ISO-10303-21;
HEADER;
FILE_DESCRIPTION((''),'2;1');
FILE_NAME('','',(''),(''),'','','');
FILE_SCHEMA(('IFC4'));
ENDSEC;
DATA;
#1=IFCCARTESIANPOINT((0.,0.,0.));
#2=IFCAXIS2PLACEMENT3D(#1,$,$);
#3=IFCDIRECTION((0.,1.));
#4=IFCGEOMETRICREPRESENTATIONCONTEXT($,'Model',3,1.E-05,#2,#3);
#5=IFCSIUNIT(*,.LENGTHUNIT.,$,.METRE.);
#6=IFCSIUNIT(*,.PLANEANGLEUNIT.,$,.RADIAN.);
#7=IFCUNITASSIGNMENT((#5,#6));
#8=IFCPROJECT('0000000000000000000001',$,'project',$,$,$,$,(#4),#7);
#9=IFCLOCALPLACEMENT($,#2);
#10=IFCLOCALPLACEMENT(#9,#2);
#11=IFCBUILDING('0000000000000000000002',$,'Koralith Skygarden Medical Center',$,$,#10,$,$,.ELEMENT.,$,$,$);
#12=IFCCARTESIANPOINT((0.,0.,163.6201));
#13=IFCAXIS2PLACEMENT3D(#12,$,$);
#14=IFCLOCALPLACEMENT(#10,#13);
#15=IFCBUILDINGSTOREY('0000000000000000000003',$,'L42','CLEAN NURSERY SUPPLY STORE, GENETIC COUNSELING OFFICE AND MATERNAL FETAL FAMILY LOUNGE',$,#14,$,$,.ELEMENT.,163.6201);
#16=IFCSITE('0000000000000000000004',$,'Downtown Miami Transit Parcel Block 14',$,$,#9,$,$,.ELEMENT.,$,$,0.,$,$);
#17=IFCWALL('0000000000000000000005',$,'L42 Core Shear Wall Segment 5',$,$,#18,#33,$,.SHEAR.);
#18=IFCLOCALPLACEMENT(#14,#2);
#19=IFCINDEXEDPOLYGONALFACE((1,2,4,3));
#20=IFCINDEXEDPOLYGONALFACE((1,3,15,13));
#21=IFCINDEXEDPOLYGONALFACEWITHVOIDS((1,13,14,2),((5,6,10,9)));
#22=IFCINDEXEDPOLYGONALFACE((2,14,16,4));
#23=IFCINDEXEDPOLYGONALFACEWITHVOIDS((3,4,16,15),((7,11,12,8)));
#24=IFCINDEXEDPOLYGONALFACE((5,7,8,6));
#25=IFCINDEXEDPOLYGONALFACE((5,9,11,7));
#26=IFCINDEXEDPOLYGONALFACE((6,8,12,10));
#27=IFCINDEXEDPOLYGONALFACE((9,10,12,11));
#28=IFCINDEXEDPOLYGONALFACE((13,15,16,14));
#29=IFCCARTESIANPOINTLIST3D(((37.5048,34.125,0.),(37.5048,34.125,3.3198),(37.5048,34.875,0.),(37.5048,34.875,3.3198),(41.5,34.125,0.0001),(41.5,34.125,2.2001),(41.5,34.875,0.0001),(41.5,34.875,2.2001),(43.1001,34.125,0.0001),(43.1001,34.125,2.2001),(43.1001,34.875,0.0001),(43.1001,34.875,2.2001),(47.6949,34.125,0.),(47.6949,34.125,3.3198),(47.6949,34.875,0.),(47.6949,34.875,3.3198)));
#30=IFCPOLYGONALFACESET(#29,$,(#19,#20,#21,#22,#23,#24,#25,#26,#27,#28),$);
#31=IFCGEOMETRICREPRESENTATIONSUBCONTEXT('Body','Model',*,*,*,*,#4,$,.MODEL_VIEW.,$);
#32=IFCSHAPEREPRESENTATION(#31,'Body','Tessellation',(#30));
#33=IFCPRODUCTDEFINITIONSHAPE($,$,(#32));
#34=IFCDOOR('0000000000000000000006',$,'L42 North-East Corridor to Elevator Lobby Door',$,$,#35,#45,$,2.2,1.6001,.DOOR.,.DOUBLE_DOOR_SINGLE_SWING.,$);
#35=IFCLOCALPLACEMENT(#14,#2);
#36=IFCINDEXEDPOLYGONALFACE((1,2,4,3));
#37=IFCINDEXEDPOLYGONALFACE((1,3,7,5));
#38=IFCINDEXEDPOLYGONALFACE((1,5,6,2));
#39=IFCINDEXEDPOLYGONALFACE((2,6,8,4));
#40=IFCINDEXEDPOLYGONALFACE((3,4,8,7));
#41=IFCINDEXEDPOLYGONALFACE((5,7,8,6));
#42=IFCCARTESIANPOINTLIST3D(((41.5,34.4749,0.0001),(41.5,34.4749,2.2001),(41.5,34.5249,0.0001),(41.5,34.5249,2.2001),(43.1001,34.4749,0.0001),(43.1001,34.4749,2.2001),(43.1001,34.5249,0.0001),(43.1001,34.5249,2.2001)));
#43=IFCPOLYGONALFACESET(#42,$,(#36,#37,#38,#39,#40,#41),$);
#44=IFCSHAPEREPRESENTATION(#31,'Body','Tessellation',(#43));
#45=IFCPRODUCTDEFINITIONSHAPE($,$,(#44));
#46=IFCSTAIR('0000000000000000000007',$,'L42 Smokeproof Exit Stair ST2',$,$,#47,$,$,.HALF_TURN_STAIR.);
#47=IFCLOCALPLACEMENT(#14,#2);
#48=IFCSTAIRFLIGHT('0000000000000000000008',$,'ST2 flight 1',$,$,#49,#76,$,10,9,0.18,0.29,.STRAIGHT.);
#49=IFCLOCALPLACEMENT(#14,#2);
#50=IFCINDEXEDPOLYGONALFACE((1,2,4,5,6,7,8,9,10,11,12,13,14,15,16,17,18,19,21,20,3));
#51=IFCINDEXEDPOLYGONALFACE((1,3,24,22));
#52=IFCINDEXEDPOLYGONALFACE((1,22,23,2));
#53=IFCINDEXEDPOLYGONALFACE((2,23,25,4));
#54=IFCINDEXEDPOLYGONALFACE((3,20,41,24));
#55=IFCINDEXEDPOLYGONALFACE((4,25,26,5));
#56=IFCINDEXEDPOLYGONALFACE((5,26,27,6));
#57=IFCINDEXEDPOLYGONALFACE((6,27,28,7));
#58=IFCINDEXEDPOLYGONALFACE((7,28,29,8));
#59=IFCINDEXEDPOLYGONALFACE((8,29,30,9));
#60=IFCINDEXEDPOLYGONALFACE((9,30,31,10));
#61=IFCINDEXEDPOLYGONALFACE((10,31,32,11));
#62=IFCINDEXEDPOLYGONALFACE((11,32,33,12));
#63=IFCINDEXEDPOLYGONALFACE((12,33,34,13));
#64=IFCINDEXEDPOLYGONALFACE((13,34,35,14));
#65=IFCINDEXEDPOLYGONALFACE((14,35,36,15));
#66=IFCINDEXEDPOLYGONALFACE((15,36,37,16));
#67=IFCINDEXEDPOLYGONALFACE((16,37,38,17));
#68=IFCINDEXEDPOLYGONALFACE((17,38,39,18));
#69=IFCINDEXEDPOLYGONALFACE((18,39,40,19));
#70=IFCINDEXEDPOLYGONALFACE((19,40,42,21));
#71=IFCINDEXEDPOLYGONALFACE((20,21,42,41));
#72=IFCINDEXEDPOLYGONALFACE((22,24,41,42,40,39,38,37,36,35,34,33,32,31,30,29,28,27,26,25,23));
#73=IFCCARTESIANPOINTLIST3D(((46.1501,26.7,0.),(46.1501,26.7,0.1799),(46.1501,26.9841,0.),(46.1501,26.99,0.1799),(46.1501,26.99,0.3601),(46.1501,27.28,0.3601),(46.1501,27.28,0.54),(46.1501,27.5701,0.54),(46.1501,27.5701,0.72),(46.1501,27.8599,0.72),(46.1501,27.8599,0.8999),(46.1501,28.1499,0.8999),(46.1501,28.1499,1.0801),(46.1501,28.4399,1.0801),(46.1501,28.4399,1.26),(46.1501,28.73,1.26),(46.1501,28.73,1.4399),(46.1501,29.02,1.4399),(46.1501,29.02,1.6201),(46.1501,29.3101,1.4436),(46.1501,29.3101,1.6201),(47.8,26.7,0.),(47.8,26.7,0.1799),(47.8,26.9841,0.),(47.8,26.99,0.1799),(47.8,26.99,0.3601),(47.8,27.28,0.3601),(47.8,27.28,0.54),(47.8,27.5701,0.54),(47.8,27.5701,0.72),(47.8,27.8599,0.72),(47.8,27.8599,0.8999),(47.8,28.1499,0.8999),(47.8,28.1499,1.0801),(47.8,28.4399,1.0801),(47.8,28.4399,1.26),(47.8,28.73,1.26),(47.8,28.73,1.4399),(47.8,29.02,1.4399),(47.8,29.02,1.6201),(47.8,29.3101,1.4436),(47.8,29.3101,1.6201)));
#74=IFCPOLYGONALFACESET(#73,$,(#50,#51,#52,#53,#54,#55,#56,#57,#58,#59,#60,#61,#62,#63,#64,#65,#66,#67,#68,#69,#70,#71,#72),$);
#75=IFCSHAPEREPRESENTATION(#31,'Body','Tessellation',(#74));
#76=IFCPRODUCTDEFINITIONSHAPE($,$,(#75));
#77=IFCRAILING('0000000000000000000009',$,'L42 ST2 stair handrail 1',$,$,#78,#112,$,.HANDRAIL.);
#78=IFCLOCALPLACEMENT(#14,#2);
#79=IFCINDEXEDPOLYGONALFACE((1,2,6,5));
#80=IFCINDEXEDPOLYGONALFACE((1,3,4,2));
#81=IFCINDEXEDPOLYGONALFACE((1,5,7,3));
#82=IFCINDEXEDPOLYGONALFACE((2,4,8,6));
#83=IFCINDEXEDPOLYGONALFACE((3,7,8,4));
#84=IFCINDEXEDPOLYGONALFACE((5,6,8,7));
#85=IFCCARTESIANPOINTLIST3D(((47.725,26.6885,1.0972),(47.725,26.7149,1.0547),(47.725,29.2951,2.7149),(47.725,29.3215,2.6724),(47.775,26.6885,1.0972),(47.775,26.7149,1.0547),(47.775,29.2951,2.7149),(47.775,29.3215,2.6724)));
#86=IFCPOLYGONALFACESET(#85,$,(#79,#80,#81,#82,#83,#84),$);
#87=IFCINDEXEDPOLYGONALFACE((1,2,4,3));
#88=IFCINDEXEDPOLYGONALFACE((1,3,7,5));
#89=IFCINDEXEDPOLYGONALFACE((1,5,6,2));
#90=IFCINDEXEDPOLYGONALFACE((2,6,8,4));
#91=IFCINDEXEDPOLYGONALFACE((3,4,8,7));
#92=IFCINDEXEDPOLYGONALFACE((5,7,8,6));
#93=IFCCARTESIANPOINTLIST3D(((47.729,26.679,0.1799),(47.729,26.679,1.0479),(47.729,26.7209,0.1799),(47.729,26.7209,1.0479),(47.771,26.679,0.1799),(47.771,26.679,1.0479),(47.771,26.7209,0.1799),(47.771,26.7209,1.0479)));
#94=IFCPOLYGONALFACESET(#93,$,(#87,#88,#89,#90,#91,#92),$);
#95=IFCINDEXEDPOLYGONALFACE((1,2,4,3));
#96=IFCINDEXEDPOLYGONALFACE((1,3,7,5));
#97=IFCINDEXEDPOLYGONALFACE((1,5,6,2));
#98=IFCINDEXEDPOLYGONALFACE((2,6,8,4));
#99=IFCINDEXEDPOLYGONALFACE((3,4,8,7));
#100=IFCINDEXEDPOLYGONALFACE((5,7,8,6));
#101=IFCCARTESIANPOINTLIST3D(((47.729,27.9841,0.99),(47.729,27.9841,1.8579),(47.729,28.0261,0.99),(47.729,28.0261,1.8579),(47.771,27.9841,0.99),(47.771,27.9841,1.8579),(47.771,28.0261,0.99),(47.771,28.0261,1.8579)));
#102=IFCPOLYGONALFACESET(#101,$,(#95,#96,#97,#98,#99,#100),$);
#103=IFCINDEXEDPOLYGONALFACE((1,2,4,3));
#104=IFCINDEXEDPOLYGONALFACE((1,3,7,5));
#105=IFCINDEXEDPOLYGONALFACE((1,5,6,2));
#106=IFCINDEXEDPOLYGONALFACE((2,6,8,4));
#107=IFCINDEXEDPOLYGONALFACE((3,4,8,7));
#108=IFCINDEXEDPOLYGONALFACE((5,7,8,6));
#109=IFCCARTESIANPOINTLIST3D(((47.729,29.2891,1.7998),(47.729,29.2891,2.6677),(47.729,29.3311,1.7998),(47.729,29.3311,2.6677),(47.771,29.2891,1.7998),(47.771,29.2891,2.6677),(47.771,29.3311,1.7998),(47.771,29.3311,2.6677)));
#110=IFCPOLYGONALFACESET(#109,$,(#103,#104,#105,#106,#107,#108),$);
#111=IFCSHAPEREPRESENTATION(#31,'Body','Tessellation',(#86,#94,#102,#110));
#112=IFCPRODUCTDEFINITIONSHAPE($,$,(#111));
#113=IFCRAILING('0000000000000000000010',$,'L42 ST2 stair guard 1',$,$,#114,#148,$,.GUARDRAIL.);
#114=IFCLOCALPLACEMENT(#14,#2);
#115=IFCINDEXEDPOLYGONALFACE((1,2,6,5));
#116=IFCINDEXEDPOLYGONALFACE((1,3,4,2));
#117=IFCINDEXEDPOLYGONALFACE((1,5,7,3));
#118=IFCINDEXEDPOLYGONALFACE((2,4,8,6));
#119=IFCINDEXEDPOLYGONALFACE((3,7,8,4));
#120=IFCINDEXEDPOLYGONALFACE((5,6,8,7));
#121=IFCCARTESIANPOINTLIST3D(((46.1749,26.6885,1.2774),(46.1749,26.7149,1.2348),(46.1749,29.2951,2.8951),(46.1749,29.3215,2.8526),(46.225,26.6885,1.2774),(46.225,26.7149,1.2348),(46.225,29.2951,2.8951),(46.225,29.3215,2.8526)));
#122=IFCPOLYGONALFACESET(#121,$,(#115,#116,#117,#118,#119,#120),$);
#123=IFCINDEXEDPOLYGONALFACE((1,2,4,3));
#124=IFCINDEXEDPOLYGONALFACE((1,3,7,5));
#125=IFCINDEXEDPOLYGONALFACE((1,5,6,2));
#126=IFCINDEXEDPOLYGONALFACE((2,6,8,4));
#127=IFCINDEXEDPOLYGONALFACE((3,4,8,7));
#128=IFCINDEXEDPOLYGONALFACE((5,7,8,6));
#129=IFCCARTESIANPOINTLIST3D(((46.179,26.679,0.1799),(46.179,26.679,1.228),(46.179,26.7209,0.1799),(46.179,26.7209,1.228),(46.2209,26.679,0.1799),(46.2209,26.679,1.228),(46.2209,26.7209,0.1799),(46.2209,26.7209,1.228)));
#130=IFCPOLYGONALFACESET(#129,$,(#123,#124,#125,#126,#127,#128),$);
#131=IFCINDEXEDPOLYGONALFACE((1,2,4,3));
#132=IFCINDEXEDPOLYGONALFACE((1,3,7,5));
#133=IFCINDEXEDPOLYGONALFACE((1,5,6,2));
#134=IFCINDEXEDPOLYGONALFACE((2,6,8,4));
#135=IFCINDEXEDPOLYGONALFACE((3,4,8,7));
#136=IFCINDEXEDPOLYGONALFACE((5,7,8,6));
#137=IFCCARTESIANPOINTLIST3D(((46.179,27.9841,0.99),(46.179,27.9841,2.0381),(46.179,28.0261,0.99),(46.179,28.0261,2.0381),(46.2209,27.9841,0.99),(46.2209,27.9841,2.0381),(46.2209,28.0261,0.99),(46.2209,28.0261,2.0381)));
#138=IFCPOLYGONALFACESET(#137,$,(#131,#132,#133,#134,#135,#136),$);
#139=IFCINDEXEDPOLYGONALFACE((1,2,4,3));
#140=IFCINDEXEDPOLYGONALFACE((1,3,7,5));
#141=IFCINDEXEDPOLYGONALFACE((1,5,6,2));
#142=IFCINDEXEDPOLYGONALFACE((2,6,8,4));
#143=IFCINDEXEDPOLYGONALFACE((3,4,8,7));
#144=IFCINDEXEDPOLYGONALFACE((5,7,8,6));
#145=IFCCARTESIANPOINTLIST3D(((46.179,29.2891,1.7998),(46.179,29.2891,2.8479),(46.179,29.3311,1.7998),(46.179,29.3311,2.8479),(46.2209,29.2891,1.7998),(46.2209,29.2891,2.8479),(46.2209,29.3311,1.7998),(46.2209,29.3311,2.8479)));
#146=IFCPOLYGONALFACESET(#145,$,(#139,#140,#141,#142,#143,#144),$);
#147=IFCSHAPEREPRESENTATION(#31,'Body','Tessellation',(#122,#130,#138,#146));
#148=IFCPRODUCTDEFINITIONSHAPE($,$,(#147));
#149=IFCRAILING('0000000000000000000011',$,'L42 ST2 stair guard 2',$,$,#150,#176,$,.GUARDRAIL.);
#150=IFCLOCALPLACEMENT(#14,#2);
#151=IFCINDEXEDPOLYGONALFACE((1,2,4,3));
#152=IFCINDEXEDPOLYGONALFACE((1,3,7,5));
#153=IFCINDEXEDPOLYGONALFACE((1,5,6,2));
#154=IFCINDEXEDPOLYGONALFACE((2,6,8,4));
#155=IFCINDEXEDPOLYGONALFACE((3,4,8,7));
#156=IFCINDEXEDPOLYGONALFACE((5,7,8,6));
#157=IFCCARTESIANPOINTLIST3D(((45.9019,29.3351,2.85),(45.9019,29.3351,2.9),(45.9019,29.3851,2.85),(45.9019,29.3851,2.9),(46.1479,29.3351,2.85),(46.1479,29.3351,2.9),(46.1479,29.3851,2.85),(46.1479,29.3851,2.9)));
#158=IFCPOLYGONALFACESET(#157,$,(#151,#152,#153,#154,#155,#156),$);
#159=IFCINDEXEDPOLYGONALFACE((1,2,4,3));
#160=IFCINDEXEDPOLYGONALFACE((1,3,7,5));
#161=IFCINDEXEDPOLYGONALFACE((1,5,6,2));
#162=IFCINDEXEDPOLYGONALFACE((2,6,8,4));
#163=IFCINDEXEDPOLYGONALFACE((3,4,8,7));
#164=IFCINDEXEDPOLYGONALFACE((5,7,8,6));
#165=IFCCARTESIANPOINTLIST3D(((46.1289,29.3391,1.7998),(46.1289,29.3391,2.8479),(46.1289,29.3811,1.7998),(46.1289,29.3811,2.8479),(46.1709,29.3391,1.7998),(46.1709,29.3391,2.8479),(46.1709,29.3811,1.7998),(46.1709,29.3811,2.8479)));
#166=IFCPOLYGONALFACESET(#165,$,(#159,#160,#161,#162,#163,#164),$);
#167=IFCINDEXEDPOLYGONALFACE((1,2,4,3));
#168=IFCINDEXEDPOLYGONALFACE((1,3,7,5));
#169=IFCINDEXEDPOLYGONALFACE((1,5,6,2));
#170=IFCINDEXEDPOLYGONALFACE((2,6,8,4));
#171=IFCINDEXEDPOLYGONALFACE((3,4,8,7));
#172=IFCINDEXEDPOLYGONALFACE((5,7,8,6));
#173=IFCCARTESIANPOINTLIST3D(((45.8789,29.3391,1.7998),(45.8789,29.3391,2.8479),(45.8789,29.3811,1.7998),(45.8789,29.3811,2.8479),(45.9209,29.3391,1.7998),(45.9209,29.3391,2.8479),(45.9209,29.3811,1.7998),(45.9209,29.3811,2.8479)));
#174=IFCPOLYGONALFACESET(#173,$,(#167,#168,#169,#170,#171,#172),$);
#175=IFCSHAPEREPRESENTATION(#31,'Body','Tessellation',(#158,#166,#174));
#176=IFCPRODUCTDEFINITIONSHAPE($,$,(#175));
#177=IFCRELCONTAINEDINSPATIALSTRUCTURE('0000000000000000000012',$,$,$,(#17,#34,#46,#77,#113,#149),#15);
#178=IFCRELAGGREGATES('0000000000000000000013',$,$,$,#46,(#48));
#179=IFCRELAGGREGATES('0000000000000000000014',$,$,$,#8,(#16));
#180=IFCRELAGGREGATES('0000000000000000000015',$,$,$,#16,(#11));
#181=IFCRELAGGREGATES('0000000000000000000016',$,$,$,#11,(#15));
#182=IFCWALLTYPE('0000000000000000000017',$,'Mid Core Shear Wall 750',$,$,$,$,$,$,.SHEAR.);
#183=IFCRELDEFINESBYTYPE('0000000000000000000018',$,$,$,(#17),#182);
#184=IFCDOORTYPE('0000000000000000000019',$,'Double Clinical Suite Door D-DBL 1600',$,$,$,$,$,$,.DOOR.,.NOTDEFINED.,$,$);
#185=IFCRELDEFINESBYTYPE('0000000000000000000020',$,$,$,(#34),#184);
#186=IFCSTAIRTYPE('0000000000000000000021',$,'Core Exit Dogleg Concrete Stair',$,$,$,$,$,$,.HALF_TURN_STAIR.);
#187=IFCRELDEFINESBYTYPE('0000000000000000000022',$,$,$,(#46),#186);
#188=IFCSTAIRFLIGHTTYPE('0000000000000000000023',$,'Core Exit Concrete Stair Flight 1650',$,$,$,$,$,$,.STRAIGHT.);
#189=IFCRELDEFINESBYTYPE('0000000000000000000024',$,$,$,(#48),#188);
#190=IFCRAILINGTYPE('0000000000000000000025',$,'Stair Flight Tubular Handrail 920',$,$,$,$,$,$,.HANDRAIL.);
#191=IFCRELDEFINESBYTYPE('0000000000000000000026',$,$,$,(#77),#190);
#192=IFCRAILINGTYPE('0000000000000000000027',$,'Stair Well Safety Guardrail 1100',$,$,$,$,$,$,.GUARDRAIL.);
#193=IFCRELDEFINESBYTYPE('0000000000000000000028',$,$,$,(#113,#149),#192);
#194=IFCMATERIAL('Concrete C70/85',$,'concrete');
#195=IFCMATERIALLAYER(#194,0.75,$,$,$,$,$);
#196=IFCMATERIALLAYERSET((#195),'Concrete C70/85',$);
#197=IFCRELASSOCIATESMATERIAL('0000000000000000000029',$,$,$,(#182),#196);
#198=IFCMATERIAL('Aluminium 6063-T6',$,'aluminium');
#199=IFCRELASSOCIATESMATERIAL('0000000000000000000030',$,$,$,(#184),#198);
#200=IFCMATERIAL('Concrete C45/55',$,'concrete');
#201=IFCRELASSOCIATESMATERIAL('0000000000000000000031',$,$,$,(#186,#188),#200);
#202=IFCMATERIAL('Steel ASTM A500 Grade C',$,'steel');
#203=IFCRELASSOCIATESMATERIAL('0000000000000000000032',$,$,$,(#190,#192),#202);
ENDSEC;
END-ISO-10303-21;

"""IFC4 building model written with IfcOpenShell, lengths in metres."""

from ifc_helpers import new_model, si_unit, direction, frame, frame_2d, origin, origin_2d, place, context, subcontext, project, spatial, polyline, rectangle, outline, extrude, material, layer, layer_set, type_object, element, fill, aggregate, save


model = new_model("IFC4")

# Units and contexts
model_context = context("Model", 3, precision=1e-05, world=origin(), true_north=direction((0.0, 1.0)))
body_context = subcontext(model_context, "Body", "Model", "MODEL_VIEW")
ifc_project = project(units=[si_unit("LENGTHUNIT", "METRE"), si_unit("PLANEANGLEUNIT", "RADIAN")], contexts=[model_context])

# Site, building, storey
site_placement = place(None, origin())
site = spatial("IfcSite", under=ifc_project, at=site_placement, Name="Downtown Miami Transit Parcel Block 14", CompositionType="ELEMENT", RefElevation=0.0)
building_placement = place(site_placement, origin())
building = spatial("IfcBuilding", under=site, at=building_placement, Name="Koralith Skygarden Medical Center", CompositionType="ELEMENT")
storey_placement = place(building_placement, frame((0.0, 0.0, 163.6201)))
storey = spatial("IfcBuildingStorey", under=building, at=storey_placement, Name="L42", Description="CLEAN NURSERY SUPPLY STORE, GENETIC COUNSELING OFFICE AND MATERNAL FETAL FAMILY LOUNGE", CompositionType="ELEMENT", Elevation=163.6201)

# Shared definitions
ifc_material_1 = material(Name="Concrete C70/85", Category="concrete")

# Shared definitions
ifc_material_2 = material(Name="Aluminium 6063-T6", Category="aluminium")

# Shared definitions
ifc_material_3 = material(Name="Concrete C45/55", Category="concrete")

# Shared definitions
ifc_layer_1 = layer(ifc_material_1, 0.75)
ifc_layer_set_1 = layer_set([ifc_layer_1], Name="Concrete C70/85")
wall_type_1 = type_object("IfcWallType", Name="Mid Core Shear Wall 750", PredefinedType="SHEAR", material=ifc_layer_set_1)

# Wall, opening, door
wall_1_placement = place(storey_placement, frame((47.6951, 34.5, 0.0), z_axis=(0.0, 0.0, 1.0), x_axis=(-1.0, 0.0, 0.0)))
wall_1 = element("IfcWall", 1, at=wall_1_placement, inside=storey, type_object=wall_type_1, Name="L42 Core Shear Wall Segment 5", PredefinedType="SHEAR", context=body_context, shape_type="SweptSolid", body=[
    extrude(rectangle(XDim=10.1902, YDim=0.75, at=frame_2d((5.0952, 0.0))), origin(), (0.0, 0.0, 1.0), 3.3198),
])
opening_1_placement = place(wall_1_placement, frame((4.595, 0.0, 0.0)))
opening_1 = element("IfcOpeningElement", 2, at=opening_1_placement, cuts=wall_1, PredefinedType="OPENING", context=body_context, shape_type="SweptSolid", body=[
    extrude(rectangle(XDim=1.6001, YDim=2.2, at=frame_2d((0.8, 1.1001))), frame((0.0, 0.385, 0.0), z_axis=(0.0, -1.0, 0.0), x_axis=(1.0, 0.0, 0.0)), (0.0, 0.0, 1.0), 0.77),
])
door_type_1 = type_object("IfcDoorType", Name="Double Clinical Suite Door D-DBL 1600", OperationType="NOTDEFINED", PredefinedType="DOOR", material=ifc_material_2)
door_1_placement = place(opening_1_placement, frame((1.6001, 0.0, 0.0), z_axis=(0.0, 0.0, 1.0), x_axis=(-1.0, 0.0, 0.0)))
door_1 = element("IfcDoor", 3, at=door_1_placement, inside=storey, type_object=door_type_1, Name="L42 North-East Corridor to Elevator Lobby Door", OperationType="DOUBLE_DOOR_SINGLE_SWING", OverallHeight=2.2, OverallWidth=1.6001, PredefinedType="DOOR", context=body_context, shape_type="SweptSolid", body=[
    extrude(rectangle(XDim=1.6001, YDim=2.2, at=frame_2d((0.8, 1.1001))), frame((0.0, 0.0249, 0.0), z_axis=(0.0, -1.0, 0.0), x_axis=(1.0, 0.0, 0.0)), (0.0, 0.0, 1.0), 0.05),
])
fill(opening_1, door_1)

# Stair, stair flight
stair_type = type_object("IfcStairType", Name="Core Exit Dogleg Concrete Stair", PredefinedType="HALF_TURN_STAIR", material=ifc_material_3)
stair_placement = place(storey_placement, origin())
stair = element("IfcStair", 4, at=stair_placement, inside=storey, type_object=stair_type, Name="L42 Smokeproof Exit Stair ST2", PredefinedType="HALF_TURN_STAIR")
stair_flight_type = type_object("IfcStairFlightType", Name="Core Exit Concrete Stair Flight 1650", PredefinedType="STRAIGHT", material=ifc_material_3)
stair_flight_placement = place(storey_placement, frame((46.9751, 26.7, 0.0), z_axis=(0.0, 0.0, 1.0), x_axis=(0.0, 1.0, 0.0)))
stair_flight = element("IfcStairFlight", 5, at=stair_flight_placement, type_object=stair_flight_type, Name="ST2 flight 1", NumberOfRisers=10, NumberOfTreads=9, PredefinedType="STRAIGHT", RiserHeight=0.18, TreadLength=0.29, context=body_context, shape_type="SweptSolid", body=[
    extrude(outline(polyline([(0.0, 0.0), (0.0, 0.1799), (0.29, 0.1799), (0.29, 0.3601), (0.5801, 0.3601), (0.5801, 0.54), (0.8701, 0.54), (0.8701, 0.72), (1.1599, 0.72), (1.1599, 0.8999), (1.45, 0.8999), (1.45, 1.0801), (1.74, 1.0801), (1.74, 1.26), (2.03, 1.26), (2.03, 1.4399), (2.3201, 1.4399), (2.3201, 1.6201), (2.6101, 1.6201), (2.6101, 1.8), (2.6101, 1.4436), (0.2842, 0.0), (0.0, 0.0)])), frame((0.0, 0.825, 0.0), z_axis=(0.0, -1.0, 0.0), x_axis=(1.0, 0.0, 0.0)), (0.0, 0.0, 1.0), 1.6499),
])
aggregate(stair, [stair_flight])

# Railings
ifc_material_4 = material(Name="Steel ASTM A500 Grade C", Category="steel")
railing_type_1 = type_object("IfcRailingType", Name="Stair Flight Tubular Handrail 920", PredefinedType="HANDRAIL", material=ifc_material_4)
railing_1_placement = place(storey_placement, frame((47.75, 26.7, 0.1799)))
element("IfcRailing", 6, at=railing_1_placement, inside=storey, type_object=railing_type_1, Name="L42 ST2 stair handrail 1", PredefinedType="HANDRAIL", context=body_context, shape_type="SweptSolid", body=[
    extrude(rectangle(XDim=0.05, YDim=0.05, at=origin_2d()), frame((0.0, 0.0017, 0.896), z_axis=(0.0, 0.849668, 0.527317), x_axis=(-1.0, 0.0, 0.0)), (0.0, 0.0, 1.0), 3.0679),
    extrude(rectangle(XDim=0.042, YDim=0.042, at=origin_2d()), origin(), (0.0, 0.0, 1.0), 0.8679),
    extrude(rectangle(XDim=0.042, YDim=0.042, at=origin_2d()), frame((0.0, 1.3052, 0.8101)), (0.0, 0.0, 1.0), 0.8679),
    extrude(rectangle(XDim=0.042, YDim=0.042, at=origin_2d()), frame((0.0, 2.6101, 1.6199)), (0.0, 0.0, 1.0), 0.8679),
])
railing_type_2 = type_object("IfcRailingType", Name="Stair Well Safety Guardrail 1100", PredefinedType="GUARDRAIL", material=ifc_material_4)
railing_2_placement = place(storey_placement, frame((46.2, 26.7, 0.1799)))
element("IfcRailing", 7, at=railing_2_placement, inside=storey, type_object=railing_type_2, Name="L42 ST2 stair guard 1", PredefinedType="GUARDRAIL", context=body_context, shape_type="SweptSolid", body=[
    extrude(rectangle(XDim=0.05, YDim=0.05, at=origin_2d()), frame((0.0, 0.0017, 1.0762), z_axis=(0.0, 0.849668, 0.527317), x_axis=(-1.0, 0.0, 0.0)), (0.0, 0.0, 1.0), 3.0679),
    extrude(rectangle(XDim=0.042, YDim=0.042, at=origin_2d()), origin(), (0.0, 0.0, 1.0), 1.0481),
    extrude(rectangle(XDim=0.042, YDim=0.042, at=origin_2d()), frame((0.0, 1.3052, 0.8101)), (0.0, 0.0, 1.0), 1.0481),
    extrude(rectangle(XDim=0.042, YDim=0.042, at=origin_2d()), frame((0.0, 2.6101, 1.6199)), (0.0, 0.0, 1.0), 1.0481),
])
railing_3_placement = place(storey_placement, frame((46.1499, 29.3601, 1.7998)))
element("IfcRailing", 8, at=railing_3_placement, inside=storey, type_object=railing_type_2, Name="L42 ST2 stair guard 2", PredefinedType="GUARDRAIL", context=body_context, shape_type="SweptSolid", body=[
    extrude(rectangle(XDim=0.05, YDim=0.05, at=origin_2d()), frame((-0.002, 0.0, 1.0752), z_axis=(-1.0, 0.0, 0.0), x_axis=(0.0, -1.0, 0.0)), (0.0, 0.0, 1.0), 0.2461),
    extrude(rectangle(XDim=0.042, YDim=0.042, at=origin_2d()), origin(), (0.0, 0.0, 1.0), 1.0481),
    extrude(rectangle(XDim=0.042, YDim=0.042, at=origin_2d()), frame((-0.25, 0.0, 0.0)), (0.0, 0.0, 1.0), 1.0481),
])

save(model, "model.ifc")
